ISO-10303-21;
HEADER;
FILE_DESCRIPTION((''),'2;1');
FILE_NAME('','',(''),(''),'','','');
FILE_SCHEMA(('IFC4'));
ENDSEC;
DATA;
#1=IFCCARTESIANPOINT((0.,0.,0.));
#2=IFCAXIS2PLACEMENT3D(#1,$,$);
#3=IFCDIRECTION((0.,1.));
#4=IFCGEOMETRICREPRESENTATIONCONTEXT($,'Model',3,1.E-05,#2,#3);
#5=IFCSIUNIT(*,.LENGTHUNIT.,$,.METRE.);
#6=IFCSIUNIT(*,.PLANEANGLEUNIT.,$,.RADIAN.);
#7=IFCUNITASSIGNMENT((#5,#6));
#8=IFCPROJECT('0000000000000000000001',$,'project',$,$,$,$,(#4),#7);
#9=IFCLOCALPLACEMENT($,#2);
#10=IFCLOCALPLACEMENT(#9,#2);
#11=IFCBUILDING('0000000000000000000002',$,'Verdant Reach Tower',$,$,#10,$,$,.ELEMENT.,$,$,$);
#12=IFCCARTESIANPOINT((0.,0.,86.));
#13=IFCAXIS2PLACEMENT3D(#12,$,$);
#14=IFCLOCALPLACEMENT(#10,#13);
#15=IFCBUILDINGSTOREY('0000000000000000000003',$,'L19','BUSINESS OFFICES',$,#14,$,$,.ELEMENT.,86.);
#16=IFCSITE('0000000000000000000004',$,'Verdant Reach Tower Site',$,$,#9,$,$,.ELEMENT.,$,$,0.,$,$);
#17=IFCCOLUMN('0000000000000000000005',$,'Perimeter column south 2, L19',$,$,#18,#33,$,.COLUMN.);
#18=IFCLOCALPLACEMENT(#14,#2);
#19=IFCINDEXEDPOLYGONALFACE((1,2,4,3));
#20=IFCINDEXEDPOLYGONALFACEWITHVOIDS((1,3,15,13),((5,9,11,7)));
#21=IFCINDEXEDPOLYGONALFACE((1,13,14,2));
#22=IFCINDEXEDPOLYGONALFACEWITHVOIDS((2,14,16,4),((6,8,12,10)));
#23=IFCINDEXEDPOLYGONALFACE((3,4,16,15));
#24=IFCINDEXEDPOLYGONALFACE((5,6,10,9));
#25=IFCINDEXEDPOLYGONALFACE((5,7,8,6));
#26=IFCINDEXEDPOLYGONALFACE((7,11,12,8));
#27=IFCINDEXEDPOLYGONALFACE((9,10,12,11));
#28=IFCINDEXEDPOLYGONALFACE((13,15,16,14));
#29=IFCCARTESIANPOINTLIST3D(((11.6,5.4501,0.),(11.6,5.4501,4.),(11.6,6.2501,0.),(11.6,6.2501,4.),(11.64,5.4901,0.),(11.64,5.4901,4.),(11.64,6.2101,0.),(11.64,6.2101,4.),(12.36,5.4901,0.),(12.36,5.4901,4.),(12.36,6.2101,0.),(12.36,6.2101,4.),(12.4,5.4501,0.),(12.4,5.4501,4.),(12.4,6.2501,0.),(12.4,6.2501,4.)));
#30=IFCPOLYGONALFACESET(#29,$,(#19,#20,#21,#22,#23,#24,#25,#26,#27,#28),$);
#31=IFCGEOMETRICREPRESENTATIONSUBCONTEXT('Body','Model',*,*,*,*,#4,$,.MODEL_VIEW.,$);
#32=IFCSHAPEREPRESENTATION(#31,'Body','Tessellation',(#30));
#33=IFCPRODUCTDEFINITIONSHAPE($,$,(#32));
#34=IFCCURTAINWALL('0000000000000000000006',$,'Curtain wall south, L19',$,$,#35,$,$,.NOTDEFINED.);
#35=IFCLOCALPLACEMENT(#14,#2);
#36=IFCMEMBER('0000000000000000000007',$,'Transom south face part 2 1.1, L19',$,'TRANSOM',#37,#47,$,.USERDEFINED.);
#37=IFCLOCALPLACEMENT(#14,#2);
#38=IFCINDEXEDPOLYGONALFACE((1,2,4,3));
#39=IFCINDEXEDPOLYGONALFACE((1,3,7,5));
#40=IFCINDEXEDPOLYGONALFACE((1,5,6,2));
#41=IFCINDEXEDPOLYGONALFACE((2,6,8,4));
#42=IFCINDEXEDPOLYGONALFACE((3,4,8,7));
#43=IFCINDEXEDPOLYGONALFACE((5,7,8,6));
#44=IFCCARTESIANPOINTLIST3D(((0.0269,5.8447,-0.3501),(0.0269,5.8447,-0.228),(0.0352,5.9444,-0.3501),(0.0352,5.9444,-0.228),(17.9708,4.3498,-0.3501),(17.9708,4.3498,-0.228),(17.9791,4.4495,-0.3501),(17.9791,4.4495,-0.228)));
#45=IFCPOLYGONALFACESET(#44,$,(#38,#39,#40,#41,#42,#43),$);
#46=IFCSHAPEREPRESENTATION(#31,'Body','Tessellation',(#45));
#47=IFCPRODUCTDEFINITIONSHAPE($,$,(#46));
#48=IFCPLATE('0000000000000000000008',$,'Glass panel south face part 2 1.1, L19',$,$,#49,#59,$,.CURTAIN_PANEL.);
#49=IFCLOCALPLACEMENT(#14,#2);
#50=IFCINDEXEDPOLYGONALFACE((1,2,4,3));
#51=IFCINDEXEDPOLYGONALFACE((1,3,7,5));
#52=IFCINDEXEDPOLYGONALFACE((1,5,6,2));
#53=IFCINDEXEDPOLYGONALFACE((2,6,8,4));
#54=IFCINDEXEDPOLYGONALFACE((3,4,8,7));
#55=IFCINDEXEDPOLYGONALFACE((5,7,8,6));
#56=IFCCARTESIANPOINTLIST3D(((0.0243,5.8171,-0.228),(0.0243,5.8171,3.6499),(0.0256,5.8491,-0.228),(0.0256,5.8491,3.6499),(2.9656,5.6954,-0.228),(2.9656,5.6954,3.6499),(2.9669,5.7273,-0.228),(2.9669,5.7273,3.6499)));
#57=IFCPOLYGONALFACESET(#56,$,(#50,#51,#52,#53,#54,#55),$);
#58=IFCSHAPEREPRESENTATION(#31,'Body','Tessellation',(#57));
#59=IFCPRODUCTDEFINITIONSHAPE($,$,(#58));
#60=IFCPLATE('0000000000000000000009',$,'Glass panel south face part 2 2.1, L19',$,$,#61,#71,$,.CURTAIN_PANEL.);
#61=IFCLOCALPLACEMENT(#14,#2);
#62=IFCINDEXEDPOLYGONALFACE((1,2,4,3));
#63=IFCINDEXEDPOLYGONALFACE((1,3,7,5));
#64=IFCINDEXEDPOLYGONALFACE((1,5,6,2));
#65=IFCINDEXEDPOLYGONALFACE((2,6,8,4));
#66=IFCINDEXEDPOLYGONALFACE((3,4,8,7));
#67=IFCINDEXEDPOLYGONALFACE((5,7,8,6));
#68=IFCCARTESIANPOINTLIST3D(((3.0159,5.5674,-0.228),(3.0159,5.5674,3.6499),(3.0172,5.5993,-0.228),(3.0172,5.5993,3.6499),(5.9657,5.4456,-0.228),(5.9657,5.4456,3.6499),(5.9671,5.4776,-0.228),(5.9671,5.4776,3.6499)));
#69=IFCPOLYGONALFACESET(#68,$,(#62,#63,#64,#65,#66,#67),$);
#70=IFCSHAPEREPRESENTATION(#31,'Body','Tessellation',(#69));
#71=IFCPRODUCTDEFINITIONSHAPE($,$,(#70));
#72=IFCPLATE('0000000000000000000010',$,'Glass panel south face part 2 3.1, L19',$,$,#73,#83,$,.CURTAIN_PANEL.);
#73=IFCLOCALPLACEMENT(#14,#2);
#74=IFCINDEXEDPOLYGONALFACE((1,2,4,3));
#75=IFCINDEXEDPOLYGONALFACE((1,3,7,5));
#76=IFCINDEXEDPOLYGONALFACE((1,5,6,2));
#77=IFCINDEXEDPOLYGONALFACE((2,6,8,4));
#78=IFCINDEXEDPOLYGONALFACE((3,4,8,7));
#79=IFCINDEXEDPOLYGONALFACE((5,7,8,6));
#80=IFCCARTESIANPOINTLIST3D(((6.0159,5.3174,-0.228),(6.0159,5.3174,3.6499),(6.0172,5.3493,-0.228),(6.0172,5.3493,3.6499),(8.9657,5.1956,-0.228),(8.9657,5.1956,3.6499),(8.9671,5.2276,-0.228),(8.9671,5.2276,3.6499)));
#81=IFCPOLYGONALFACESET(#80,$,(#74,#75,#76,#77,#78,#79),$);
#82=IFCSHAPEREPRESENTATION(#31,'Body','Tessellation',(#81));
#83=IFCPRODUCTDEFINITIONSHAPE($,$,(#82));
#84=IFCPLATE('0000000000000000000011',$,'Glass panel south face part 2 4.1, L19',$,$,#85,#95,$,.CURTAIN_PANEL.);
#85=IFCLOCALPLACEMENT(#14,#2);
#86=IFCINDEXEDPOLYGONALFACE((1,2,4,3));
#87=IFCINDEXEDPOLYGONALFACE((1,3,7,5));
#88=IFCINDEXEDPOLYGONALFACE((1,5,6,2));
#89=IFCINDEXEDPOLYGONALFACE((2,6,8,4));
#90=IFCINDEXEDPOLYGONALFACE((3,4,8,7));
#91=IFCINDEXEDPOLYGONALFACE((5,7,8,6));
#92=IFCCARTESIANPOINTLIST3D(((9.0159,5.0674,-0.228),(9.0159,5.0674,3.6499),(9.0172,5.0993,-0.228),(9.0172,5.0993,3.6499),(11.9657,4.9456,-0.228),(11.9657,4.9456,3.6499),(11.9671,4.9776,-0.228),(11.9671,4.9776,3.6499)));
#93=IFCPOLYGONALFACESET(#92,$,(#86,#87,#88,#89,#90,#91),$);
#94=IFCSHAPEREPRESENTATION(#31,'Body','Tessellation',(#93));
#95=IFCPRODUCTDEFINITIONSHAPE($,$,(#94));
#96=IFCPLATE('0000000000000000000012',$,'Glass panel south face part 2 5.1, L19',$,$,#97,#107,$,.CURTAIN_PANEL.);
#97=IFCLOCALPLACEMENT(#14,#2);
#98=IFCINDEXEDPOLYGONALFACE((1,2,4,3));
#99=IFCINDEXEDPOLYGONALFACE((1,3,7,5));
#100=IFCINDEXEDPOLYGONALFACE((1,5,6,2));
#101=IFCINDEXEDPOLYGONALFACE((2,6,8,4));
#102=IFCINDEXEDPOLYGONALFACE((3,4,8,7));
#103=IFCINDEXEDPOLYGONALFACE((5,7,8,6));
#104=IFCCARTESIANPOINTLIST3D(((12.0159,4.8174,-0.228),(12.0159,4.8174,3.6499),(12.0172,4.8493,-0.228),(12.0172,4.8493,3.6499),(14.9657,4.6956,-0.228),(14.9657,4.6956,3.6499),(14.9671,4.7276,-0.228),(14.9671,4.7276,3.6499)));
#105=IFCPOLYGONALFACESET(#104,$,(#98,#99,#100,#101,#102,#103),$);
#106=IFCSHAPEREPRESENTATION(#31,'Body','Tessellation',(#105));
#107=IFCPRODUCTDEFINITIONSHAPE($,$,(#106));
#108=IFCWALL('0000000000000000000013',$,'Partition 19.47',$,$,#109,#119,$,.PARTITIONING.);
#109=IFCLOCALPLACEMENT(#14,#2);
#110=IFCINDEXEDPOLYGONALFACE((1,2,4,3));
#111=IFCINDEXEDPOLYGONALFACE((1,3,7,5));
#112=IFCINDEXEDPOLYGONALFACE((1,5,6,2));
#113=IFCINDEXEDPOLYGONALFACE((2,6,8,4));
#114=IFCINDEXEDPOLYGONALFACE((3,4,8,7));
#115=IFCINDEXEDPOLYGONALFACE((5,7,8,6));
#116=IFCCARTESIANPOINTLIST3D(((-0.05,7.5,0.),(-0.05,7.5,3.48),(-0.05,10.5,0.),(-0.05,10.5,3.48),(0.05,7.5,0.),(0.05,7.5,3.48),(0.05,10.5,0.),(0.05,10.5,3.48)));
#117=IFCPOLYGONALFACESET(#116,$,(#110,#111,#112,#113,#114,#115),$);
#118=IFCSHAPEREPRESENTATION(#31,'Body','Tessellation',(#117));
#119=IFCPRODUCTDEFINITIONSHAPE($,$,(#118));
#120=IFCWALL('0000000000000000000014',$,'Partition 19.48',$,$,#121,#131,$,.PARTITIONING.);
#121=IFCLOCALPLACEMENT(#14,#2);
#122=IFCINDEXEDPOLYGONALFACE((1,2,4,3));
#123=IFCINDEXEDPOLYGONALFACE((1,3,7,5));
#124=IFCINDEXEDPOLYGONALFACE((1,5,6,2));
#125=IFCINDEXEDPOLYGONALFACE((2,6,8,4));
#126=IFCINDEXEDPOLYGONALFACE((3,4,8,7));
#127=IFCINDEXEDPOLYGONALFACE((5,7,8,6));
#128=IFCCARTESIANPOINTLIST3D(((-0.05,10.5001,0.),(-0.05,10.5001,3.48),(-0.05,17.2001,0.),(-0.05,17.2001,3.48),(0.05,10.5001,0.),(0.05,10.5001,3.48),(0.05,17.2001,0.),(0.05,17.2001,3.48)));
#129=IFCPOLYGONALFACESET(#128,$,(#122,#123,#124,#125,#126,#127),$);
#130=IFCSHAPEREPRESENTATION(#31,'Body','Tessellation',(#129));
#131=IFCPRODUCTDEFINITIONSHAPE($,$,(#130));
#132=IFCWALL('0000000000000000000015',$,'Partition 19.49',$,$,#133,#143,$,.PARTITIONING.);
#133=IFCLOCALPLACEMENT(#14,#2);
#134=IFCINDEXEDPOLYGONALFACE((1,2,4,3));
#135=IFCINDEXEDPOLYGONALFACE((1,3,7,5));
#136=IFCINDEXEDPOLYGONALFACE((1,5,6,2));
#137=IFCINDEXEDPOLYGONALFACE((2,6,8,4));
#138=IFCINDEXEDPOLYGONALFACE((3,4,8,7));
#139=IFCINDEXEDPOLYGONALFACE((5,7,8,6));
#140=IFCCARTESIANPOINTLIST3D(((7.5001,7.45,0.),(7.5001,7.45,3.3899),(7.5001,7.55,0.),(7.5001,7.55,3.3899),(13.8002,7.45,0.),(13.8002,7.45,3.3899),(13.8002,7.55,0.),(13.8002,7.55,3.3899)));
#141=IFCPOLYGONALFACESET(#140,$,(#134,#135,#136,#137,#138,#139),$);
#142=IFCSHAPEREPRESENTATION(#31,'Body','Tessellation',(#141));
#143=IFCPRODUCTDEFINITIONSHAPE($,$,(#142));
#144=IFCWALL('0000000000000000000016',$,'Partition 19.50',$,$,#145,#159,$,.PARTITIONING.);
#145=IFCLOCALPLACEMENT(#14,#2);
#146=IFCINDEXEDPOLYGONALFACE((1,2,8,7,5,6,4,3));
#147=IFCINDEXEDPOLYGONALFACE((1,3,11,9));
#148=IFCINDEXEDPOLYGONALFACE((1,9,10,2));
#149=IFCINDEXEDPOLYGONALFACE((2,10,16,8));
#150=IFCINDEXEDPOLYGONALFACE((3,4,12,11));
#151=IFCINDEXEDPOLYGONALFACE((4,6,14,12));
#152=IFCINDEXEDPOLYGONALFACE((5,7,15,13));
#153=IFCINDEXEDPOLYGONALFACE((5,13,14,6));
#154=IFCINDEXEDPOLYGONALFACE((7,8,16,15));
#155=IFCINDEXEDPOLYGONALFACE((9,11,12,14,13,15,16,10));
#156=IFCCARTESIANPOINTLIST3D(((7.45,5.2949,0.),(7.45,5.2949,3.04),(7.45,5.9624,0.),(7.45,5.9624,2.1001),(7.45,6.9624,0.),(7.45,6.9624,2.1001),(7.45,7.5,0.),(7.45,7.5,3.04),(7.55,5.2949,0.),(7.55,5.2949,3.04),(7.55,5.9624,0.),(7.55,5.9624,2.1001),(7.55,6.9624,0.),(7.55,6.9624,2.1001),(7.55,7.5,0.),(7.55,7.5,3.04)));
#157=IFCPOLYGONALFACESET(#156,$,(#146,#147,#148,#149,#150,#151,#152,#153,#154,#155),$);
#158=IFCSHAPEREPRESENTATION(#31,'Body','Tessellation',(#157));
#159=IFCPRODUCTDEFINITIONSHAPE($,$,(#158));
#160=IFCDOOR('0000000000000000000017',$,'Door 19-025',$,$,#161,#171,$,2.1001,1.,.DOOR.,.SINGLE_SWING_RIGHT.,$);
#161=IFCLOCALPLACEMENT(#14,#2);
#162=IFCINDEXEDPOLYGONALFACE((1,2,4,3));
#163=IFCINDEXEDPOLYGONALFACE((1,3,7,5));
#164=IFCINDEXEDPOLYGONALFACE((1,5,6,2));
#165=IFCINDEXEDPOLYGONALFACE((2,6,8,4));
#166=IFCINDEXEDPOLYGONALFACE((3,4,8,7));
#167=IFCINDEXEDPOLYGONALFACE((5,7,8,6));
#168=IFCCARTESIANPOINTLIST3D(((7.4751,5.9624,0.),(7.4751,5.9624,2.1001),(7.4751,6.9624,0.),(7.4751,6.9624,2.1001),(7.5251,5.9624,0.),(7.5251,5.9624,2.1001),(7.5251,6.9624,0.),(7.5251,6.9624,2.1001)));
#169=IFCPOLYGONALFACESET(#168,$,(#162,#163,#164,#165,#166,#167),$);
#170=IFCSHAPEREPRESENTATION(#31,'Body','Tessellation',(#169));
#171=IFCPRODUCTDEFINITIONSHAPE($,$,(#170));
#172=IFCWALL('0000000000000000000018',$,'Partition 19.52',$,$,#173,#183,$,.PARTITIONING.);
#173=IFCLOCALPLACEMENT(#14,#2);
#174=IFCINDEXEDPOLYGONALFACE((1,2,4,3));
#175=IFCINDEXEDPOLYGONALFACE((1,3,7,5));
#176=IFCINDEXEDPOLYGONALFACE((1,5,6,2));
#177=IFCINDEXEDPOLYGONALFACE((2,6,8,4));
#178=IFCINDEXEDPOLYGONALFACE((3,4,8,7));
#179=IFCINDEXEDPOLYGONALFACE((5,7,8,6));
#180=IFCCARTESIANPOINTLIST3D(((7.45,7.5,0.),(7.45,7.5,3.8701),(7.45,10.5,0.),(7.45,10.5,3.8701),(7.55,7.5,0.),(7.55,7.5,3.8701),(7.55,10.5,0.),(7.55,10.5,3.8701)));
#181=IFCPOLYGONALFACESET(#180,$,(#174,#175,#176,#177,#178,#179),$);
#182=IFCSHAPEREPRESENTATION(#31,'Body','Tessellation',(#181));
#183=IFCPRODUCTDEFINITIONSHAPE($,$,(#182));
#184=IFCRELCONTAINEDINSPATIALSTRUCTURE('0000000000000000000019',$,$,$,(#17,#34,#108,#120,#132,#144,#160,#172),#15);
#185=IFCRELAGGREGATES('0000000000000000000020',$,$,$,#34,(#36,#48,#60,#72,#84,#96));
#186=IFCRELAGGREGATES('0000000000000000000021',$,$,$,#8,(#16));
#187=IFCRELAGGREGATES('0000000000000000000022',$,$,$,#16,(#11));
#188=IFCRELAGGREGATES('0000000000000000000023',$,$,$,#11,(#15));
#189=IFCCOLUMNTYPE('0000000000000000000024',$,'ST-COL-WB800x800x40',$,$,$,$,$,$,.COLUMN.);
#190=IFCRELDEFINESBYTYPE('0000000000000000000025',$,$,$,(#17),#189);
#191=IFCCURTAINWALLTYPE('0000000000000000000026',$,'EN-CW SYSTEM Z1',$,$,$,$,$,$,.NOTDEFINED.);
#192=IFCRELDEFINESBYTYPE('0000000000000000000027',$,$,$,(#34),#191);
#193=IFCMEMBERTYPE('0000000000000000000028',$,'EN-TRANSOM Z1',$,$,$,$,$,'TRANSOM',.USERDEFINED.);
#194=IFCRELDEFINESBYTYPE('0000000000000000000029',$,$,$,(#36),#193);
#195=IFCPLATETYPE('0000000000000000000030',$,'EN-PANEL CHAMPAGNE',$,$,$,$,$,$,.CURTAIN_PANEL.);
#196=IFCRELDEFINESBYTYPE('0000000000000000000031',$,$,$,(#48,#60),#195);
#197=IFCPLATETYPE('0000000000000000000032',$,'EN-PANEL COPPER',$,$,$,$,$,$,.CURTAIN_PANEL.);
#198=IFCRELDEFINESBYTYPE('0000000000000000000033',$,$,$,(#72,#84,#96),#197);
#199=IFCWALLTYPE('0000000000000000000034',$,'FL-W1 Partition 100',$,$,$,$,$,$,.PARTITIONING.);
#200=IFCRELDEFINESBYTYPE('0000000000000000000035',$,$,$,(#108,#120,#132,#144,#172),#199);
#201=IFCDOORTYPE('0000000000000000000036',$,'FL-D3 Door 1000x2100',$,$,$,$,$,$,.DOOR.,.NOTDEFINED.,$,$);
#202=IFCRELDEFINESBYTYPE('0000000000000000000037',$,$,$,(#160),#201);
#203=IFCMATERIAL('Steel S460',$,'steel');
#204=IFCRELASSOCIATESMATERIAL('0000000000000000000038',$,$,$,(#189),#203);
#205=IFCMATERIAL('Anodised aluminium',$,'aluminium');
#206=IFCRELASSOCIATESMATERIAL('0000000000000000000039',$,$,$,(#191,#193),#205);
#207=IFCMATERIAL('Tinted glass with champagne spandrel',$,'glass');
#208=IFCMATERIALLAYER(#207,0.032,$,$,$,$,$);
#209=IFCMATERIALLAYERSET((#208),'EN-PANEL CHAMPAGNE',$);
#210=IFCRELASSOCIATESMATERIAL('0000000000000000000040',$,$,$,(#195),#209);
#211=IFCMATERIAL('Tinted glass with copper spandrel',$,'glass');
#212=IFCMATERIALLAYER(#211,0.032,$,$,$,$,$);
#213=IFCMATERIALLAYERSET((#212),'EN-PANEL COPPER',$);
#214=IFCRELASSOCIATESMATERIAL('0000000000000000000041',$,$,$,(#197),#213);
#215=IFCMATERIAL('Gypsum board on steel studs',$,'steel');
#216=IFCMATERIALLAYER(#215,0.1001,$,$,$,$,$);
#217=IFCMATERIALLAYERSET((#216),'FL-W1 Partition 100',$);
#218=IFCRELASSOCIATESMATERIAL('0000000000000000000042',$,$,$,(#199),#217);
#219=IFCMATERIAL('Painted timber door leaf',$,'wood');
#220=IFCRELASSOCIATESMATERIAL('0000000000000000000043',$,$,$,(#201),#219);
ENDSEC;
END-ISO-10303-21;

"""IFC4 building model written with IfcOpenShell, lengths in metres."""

from ifc_helpers import new_model, si_unit, direction, frame, frame_2d, origin, origin_2d, place, context, subcontext, project, spatial, rectangle, hollow_rectangle, extrude, material, layer, layer_set, material_profile, profile_set, type_object, element, fill, aggregate, save


model = new_model("IFC4")

# Units and contexts
model_context = context("Model", 3, precision=1e-05, world=origin(), true_north=direction((0.0, 1.0)))
body_context = subcontext(model_context, "Body", "Model", "MODEL_VIEW")
ifc_project = project(units=[si_unit("LENGTHUNIT", "METRE"), si_unit("PLANEANGLEUNIT", "RADIAN")], contexts=[model_context])

# Site, building, storey
site_placement = place(None, origin())
site = spatial("IfcSite", under=ifc_project, at=site_placement, Name="Verdant Reach Tower Site", CompositionType="ELEMENT", RefElevation=0.0)
building_placement = place(site_placement, origin())
building = spatial("IfcBuilding", under=site, at=building_placement, Name="Verdant Reach Tower", CompositionType="ELEMENT")
storey_placement = place(building_placement, frame((0.0, 0.0, 86.0)))
storey = spatial("IfcBuildingStorey", under=building, at=storey_placement, Name="L19", Description="BUSINESS OFFICES", CompositionType="ELEMENT", Elevation=86.0)

# Column
ifc_material_1 = material(Name="Steel S460", Category="steel")
ifc_material_profile_1 = material_profile(ifc_material_1, hollow_rectangle(XDim=0.8, YDim=0.8, WallThickness=0.04, at=origin_2d()), Name="WB 800x800x40")
ifc_profile_set_1 = profile_set([ifc_material_profile_1], Name="Steel S460")
column_type = type_object("IfcColumnType", Name="ST-COL-WB800x800x40", PredefinedType="COLUMN", material=ifc_profile_set_1)
column_placement = place(storey_placement, frame((12.0, 5.8501, 0.0), z_axis=(0.0, 0.0, 1.0), x_axis=(1.0, 0.0, 0.0)))
element("IfcColumn", 1, at=column_placement, inside=storey, type_object=column_type, Name="Perimeter column south 2, L19", PredefinedType="COLUMN", context=body_context, shape_type="SweptSolid", body=[
    extrude(hollow_rectangle(XDim=0.8, YDim=0.8, WallThickness=0.04, at=origin_2d()), origin(), (0.0, 0.0, 1.0), 4.0),
])

# Curtain wall, member, plates
ifc_material_2 = material(Name="Anodised aluminium", Category="aluminium")
curtain_wall_type = type_object("IfcCurtainWallType", Name="EN-CW SYSTEM Z1", PredefinedType="NOTDEFINED", material=ifc_material_2)
curtain_wall_placement = place(storey_placement, origin())
curtain_wall = element("IfcCurtainWall", 2, at=curtain_wall_placement, inside=storey, type_object=curtain_wall_type, Name="Curtain wall south, L19", PredefinedType="NOTDEFINED")
ifc_material_profile_2 = material_profile(ifc_material_2, rectangle(XDim=0.1001, YDim=0.1221, at=origin_2d()), Name="Transom 122x100")
ifc_profile_set_2 = profile_set([ifc_material_profile_2], Name="Anodised aluminium")
member_type = type_object("IfcMemberType", Name="EN-TRANSOM Z1", ElementType="TRANSOM", PredefinedType="USERDEFINED", material=ifc_profile_set_2)
member_placement = place(storey_placement, frame((0.031, 5.8945, -0.2891), z_axis=(0.996548, -0.083021, 0.0), x_axis=(0.083021, 0.996548, 0.0)))
member = element("IfcMember", 3, at=member_placement, type_object=member_type, Name="Transom south face part 2 1.1, L19", ObjectType="TRANSOM", PredefinedType="USERDEFINED", context=body_context, shape_type="SweptSolid", body=[
    extrude(rectangle(XDim=0.1001, YDim=0.1221, at=origin_2d()), origin(), (0.0, 0.0, 1.0), 18.0061),
])
ifc_material_3 = material(Name="Tinted glass with champagne spandrel", Category="glass")
ifc_layer_1 = layer(ifc_material_3, 0.032)
ifc_layer_set_1 = layer_set([ifc_layer_1], Name="EN-PANEL CHAMPAGNE")
plate_type_1 = type_object("IfcPlateType", Name="EN-PANEL CHAMPAGNE", PredefinedType="CURTAIN_PANEL", material=ifc_layer_set_1)
plate_1_placement = place(storey_placement, frame((1.4956, 5.7722, -0.228), z_axis=(0.0, 0.0, 1.0), x_axis=(0.999144, -0.04136, 0.0)))
plate_1 = element("IfcPlate", 4, at=plate_1_placement, type_object=plate_type_1, Name="Glass panel south face part 2 1.1, L19", PredefinedType="CURTAIN_PANEL", context=body_context, shape_type="SweptSolid", body=[
    extrude(rectangle(XDim=2.9438, YDim=0.032, at=origin_2d()), origin(), (0.0, 0.0, 1.0), 3.8779),
])
plate_2_placement = place(storey_placement, frame((4.4915, 5.5225, -0.228), z_axis=(0.0, 0.0, 1.0), x_axis=(0.999149, -0.041242, 0.0)))
plate_2 = element("IfcPlate", 5, at=plate_2_placement, type_object=plate_type_1, Name="Glass panel south face part 2 2.1, L19", PredefinedType="CURTAIN_PANEL", context=body_context, shape_type="SweptSolid", body=[
    extrude(rectangle(XDim=2.9524, YDim=0.032, at=origin_2d()), origin(), (0.0, 0.0, 1.0), 3.8779),
])
ifc_material_4 = material(Name="Tinted glass with copper spandrel", Category="glass")
ifc_layer_2 = layer(ifc_material_4, 0.032)
ifc_layer_set_2 = layer_set([ifc_layer_2], Name="EN-PANEL COPPER")
plate_type_2 = type_object("IfcPlateType", Name="EN-PANEL COPPER", PredefinedType="CURTAIN_PANEL", material=ifc_layer_set_2)
plate_3_placement = place(storey_placement, frame((7.4915, 5.2725, -0.228), z_axis=(0.0, 0.0, 1.0), x_axis=(0.999149, -0.041242, 0.0)))
plate_3 = element("IfcPlate", 6, at=plate_3_placement, type_object=plate_type_2, Name="Glass panel south face part 2 3.1, L19", PredefinedType="CURTAIN_PANEL", context=body_context, shape_type="SweptSolid", body=[
    extrude(rectangle(XDim=2.9524, YDim=0.032, at=origin_2d()), origin(), (0.0, 0.0, 1.0), 3.8779),
])
plate_4_placement = place(storey_placement, frame((10.4915, 5.0225, -0.228), z_axis=(0.0, 0.0, 1.0), x_axis=(0.999149, -0.041242, 0.0)))
plate_4 = element("IfcPlate", 7, at=plate_4_placement, type_object=plate_type_2, Name="Glass panel south face part 2 4.1, L19", PredefinedType="CURTAIN_PANEL", context=body_context, shape_type="SweptSolid", body=[
    extrude(rectangle(XDim=2.9524, YDim=0.032, at=origin_2d()), origin(), (0.0, 0.0, 1.0), 3.8779),
])
plate_5_placement = place(storey_placement, frame((13.4915, 4.7725, -0.228), z_axis=(0.0, 0.0, 1.0), x_axis=(0.999149, -0.041242, 0.0)))
plate_5 = element("IfcPlate", 8, at=plate_5_placement, type_object=plate_type_2, Name="Glass panel south face part 2 5.1, L19", PredefinedType="CURTAIN_PANEL", context=body_context, shape_type="SweptSolid", body=[
    extrude(rectangle(XDim=2.9524, YDim=0.032, at=origin_2d()), origin(), (0.0, 0.0, 1.0), 3.8779),
])
aggregate(curtain_wall, [member, plate_1, plate_2, plate_3, plate_4, plate_5])

# Walls
ifc_material_5 = material(Name="Gypsum board on steel studs", Category="steel")
ifc_layer_3 = layer(ifc_material_5, 0.1001)
ifc_layer_set_3 = layer_set([ifc_layer_3], Name="FL-W1 Partition 100")
wall_type_1 = type_object("IfcWallType", Name="FL-W1 Partition 100", PredefinedType="PARTITIONING", material=ifc_layer_set_3)
wall_1_placement = place(storey_placement, frame((0.0, 7.5, 0.0), z_axis=(0.0, 0.0, 1.0), x_axis=(0.0, 1.0, 0.0)))
element("IfcWall", 9, at=wall_1_placement, inside=storey, type_object=wall_type_1, Name="Partition 19.47", PredefinedType="PARTITIONING", context=body_context, shape_type="SweptSolid", body=[
    extrude(rectangle(XDim=3.0, YDim=0.1001, at=frame_2d((1.5, 0.0))), origin(), (0.0, 0.0, 1.0), 3.48),
])
wall_2_placement = place(storey_placement, frame((0.0, 10.5, 0.0), z_axis=(0.0, 0.0, 1.0), x_axis=(0.0, 1.0, 0.0)))
element("IfcWall", 10, at=wall_2_placement, inside=storey, type_object=wall_type_1, Name="Partition 19.48", PredefinedType="PARTITIONING", context=body_context, shape_type="SweptSolid", body=[
    extrude(rectangle(XDim=6.7, YDim=0.1001, at=frame_2d((3.3501, 0.0))), origin(), (0.0, 0.0, 1.0), 3.48),
])
wall_3_placement = place(storey_placement, frame((13.8, 7.5, 0.0), z_axis=(0.0, 0.0, 1.0), x_axis=(-1.0, 0.0, 0.0)))
element("IfcWall", 11, at=wall_3_placement, inside=storey, type_object=wall_type_1, Name="Partition 19.49", PredefinedType="PARTITIONING", context=body_context, shape_type="SweptSolid", body=[
    extrude(rectangle(XDim=6.3, YDim=0.1001, at=frame_2d((3.1499, 0.0))), origin(), (0.0, 0.0, 1.0), 3.3899),
])

# Wall, opening, door
wall_4_placement = place(storey_placement, frame((7.5, 5.2949, 0.0), z_axis=(0.0, 0.0, 1.0), x_axis=(0.0, 1.0, 0.0)))
wall_4 = element("IfcWall", 12, at=wall_4_placement, inside=storey, type_object=wall_type_1, Name="Partition 19.50", PredefinedType="PARTITIONING", context=body_context, shape_type="SweptSolid", body=[
    extrude(rectangle(XDim=2.2051, YDim=0.1001, at=frame_2d((1.1025, 0.0))), origin(), (0.0, 0.0, 1.0), 3.04),
])
opening_1_placement = place(wall_4_placement, frame((0.6675, 0.0, 0.0)))
opening_1 = element("IfcOpeningElement", 13, at=opening_1_placement, cuts=wall_4, PredefinedType="OPENING", context=body_context, shape_type="SweptSolid", body=[
    extrude(rectangle(XDim=1.0, YDim=2.1001, at=frame_2d((0.5, 1.05))), frame((0.0, 0.0601, 0.0), z_axis=(0.0, -1.0, 0.0), x_axis=(1.0, 0.0, 0.0)), (0.0, 0.0, 1.0), 0.1201),
])
ifc_material_6 = material(Name="Painted timber door leaf", Category="wood")
door_type_1 = type_object("IfcDoorType", Name="FL-D3 Door 1000x2100", OperationType="NOTDEFINED", PredefinedType="DOOR", material=ifc_material_6)
door_1_placement = place(opening_1_placement, origin())
door_1 = element("IfcDoor", 14, at=door_1_placement, inside=storey, type_object=door_type_1, Name="Door 19-025", OperationType="SINGLE_SWING_RIGHT", OverallHeight=2.1001, OverallWidth=1.0, PredefinedType="DOOR", context=body_context, shape_type="SweptSolid", body=[
    extrude(rectangle(XDim=1.0, YDim=2.1001, at=frame_2d((0.5, 1.05))), frame((0.0, 0.0249, 0.0), z_axis=(0.0, -1.0, 0.0), x_axis=(1.0, 0.0, 0.0)), (0.0, 0.0, 1.0), 0.05),
])
fill(opening_1, door_1)

# Wall
wall_5_placement = place(storey_placement, frame((7.5, 10.5, 0.0), z_axis=(0.0, 0.0, 1.0), x_axis=(0.0, -1.0, 0.0)))
element("IfcWall", 15, at=wall_5_placement, inside=storey, type_object=wall_type_1, Name="Partition 19.52", PredefinedType="PARTITIONING", context=body_context, shape_type="SweptSolid", body=[
    extrude(rectangle(XDim=3.0, YDim=0.1001, at=frame_2d((1.5, 0.0))), origin(), (0.0, 0.0, 1.0), 3.8701),
])

save(model, "model.ifc")
